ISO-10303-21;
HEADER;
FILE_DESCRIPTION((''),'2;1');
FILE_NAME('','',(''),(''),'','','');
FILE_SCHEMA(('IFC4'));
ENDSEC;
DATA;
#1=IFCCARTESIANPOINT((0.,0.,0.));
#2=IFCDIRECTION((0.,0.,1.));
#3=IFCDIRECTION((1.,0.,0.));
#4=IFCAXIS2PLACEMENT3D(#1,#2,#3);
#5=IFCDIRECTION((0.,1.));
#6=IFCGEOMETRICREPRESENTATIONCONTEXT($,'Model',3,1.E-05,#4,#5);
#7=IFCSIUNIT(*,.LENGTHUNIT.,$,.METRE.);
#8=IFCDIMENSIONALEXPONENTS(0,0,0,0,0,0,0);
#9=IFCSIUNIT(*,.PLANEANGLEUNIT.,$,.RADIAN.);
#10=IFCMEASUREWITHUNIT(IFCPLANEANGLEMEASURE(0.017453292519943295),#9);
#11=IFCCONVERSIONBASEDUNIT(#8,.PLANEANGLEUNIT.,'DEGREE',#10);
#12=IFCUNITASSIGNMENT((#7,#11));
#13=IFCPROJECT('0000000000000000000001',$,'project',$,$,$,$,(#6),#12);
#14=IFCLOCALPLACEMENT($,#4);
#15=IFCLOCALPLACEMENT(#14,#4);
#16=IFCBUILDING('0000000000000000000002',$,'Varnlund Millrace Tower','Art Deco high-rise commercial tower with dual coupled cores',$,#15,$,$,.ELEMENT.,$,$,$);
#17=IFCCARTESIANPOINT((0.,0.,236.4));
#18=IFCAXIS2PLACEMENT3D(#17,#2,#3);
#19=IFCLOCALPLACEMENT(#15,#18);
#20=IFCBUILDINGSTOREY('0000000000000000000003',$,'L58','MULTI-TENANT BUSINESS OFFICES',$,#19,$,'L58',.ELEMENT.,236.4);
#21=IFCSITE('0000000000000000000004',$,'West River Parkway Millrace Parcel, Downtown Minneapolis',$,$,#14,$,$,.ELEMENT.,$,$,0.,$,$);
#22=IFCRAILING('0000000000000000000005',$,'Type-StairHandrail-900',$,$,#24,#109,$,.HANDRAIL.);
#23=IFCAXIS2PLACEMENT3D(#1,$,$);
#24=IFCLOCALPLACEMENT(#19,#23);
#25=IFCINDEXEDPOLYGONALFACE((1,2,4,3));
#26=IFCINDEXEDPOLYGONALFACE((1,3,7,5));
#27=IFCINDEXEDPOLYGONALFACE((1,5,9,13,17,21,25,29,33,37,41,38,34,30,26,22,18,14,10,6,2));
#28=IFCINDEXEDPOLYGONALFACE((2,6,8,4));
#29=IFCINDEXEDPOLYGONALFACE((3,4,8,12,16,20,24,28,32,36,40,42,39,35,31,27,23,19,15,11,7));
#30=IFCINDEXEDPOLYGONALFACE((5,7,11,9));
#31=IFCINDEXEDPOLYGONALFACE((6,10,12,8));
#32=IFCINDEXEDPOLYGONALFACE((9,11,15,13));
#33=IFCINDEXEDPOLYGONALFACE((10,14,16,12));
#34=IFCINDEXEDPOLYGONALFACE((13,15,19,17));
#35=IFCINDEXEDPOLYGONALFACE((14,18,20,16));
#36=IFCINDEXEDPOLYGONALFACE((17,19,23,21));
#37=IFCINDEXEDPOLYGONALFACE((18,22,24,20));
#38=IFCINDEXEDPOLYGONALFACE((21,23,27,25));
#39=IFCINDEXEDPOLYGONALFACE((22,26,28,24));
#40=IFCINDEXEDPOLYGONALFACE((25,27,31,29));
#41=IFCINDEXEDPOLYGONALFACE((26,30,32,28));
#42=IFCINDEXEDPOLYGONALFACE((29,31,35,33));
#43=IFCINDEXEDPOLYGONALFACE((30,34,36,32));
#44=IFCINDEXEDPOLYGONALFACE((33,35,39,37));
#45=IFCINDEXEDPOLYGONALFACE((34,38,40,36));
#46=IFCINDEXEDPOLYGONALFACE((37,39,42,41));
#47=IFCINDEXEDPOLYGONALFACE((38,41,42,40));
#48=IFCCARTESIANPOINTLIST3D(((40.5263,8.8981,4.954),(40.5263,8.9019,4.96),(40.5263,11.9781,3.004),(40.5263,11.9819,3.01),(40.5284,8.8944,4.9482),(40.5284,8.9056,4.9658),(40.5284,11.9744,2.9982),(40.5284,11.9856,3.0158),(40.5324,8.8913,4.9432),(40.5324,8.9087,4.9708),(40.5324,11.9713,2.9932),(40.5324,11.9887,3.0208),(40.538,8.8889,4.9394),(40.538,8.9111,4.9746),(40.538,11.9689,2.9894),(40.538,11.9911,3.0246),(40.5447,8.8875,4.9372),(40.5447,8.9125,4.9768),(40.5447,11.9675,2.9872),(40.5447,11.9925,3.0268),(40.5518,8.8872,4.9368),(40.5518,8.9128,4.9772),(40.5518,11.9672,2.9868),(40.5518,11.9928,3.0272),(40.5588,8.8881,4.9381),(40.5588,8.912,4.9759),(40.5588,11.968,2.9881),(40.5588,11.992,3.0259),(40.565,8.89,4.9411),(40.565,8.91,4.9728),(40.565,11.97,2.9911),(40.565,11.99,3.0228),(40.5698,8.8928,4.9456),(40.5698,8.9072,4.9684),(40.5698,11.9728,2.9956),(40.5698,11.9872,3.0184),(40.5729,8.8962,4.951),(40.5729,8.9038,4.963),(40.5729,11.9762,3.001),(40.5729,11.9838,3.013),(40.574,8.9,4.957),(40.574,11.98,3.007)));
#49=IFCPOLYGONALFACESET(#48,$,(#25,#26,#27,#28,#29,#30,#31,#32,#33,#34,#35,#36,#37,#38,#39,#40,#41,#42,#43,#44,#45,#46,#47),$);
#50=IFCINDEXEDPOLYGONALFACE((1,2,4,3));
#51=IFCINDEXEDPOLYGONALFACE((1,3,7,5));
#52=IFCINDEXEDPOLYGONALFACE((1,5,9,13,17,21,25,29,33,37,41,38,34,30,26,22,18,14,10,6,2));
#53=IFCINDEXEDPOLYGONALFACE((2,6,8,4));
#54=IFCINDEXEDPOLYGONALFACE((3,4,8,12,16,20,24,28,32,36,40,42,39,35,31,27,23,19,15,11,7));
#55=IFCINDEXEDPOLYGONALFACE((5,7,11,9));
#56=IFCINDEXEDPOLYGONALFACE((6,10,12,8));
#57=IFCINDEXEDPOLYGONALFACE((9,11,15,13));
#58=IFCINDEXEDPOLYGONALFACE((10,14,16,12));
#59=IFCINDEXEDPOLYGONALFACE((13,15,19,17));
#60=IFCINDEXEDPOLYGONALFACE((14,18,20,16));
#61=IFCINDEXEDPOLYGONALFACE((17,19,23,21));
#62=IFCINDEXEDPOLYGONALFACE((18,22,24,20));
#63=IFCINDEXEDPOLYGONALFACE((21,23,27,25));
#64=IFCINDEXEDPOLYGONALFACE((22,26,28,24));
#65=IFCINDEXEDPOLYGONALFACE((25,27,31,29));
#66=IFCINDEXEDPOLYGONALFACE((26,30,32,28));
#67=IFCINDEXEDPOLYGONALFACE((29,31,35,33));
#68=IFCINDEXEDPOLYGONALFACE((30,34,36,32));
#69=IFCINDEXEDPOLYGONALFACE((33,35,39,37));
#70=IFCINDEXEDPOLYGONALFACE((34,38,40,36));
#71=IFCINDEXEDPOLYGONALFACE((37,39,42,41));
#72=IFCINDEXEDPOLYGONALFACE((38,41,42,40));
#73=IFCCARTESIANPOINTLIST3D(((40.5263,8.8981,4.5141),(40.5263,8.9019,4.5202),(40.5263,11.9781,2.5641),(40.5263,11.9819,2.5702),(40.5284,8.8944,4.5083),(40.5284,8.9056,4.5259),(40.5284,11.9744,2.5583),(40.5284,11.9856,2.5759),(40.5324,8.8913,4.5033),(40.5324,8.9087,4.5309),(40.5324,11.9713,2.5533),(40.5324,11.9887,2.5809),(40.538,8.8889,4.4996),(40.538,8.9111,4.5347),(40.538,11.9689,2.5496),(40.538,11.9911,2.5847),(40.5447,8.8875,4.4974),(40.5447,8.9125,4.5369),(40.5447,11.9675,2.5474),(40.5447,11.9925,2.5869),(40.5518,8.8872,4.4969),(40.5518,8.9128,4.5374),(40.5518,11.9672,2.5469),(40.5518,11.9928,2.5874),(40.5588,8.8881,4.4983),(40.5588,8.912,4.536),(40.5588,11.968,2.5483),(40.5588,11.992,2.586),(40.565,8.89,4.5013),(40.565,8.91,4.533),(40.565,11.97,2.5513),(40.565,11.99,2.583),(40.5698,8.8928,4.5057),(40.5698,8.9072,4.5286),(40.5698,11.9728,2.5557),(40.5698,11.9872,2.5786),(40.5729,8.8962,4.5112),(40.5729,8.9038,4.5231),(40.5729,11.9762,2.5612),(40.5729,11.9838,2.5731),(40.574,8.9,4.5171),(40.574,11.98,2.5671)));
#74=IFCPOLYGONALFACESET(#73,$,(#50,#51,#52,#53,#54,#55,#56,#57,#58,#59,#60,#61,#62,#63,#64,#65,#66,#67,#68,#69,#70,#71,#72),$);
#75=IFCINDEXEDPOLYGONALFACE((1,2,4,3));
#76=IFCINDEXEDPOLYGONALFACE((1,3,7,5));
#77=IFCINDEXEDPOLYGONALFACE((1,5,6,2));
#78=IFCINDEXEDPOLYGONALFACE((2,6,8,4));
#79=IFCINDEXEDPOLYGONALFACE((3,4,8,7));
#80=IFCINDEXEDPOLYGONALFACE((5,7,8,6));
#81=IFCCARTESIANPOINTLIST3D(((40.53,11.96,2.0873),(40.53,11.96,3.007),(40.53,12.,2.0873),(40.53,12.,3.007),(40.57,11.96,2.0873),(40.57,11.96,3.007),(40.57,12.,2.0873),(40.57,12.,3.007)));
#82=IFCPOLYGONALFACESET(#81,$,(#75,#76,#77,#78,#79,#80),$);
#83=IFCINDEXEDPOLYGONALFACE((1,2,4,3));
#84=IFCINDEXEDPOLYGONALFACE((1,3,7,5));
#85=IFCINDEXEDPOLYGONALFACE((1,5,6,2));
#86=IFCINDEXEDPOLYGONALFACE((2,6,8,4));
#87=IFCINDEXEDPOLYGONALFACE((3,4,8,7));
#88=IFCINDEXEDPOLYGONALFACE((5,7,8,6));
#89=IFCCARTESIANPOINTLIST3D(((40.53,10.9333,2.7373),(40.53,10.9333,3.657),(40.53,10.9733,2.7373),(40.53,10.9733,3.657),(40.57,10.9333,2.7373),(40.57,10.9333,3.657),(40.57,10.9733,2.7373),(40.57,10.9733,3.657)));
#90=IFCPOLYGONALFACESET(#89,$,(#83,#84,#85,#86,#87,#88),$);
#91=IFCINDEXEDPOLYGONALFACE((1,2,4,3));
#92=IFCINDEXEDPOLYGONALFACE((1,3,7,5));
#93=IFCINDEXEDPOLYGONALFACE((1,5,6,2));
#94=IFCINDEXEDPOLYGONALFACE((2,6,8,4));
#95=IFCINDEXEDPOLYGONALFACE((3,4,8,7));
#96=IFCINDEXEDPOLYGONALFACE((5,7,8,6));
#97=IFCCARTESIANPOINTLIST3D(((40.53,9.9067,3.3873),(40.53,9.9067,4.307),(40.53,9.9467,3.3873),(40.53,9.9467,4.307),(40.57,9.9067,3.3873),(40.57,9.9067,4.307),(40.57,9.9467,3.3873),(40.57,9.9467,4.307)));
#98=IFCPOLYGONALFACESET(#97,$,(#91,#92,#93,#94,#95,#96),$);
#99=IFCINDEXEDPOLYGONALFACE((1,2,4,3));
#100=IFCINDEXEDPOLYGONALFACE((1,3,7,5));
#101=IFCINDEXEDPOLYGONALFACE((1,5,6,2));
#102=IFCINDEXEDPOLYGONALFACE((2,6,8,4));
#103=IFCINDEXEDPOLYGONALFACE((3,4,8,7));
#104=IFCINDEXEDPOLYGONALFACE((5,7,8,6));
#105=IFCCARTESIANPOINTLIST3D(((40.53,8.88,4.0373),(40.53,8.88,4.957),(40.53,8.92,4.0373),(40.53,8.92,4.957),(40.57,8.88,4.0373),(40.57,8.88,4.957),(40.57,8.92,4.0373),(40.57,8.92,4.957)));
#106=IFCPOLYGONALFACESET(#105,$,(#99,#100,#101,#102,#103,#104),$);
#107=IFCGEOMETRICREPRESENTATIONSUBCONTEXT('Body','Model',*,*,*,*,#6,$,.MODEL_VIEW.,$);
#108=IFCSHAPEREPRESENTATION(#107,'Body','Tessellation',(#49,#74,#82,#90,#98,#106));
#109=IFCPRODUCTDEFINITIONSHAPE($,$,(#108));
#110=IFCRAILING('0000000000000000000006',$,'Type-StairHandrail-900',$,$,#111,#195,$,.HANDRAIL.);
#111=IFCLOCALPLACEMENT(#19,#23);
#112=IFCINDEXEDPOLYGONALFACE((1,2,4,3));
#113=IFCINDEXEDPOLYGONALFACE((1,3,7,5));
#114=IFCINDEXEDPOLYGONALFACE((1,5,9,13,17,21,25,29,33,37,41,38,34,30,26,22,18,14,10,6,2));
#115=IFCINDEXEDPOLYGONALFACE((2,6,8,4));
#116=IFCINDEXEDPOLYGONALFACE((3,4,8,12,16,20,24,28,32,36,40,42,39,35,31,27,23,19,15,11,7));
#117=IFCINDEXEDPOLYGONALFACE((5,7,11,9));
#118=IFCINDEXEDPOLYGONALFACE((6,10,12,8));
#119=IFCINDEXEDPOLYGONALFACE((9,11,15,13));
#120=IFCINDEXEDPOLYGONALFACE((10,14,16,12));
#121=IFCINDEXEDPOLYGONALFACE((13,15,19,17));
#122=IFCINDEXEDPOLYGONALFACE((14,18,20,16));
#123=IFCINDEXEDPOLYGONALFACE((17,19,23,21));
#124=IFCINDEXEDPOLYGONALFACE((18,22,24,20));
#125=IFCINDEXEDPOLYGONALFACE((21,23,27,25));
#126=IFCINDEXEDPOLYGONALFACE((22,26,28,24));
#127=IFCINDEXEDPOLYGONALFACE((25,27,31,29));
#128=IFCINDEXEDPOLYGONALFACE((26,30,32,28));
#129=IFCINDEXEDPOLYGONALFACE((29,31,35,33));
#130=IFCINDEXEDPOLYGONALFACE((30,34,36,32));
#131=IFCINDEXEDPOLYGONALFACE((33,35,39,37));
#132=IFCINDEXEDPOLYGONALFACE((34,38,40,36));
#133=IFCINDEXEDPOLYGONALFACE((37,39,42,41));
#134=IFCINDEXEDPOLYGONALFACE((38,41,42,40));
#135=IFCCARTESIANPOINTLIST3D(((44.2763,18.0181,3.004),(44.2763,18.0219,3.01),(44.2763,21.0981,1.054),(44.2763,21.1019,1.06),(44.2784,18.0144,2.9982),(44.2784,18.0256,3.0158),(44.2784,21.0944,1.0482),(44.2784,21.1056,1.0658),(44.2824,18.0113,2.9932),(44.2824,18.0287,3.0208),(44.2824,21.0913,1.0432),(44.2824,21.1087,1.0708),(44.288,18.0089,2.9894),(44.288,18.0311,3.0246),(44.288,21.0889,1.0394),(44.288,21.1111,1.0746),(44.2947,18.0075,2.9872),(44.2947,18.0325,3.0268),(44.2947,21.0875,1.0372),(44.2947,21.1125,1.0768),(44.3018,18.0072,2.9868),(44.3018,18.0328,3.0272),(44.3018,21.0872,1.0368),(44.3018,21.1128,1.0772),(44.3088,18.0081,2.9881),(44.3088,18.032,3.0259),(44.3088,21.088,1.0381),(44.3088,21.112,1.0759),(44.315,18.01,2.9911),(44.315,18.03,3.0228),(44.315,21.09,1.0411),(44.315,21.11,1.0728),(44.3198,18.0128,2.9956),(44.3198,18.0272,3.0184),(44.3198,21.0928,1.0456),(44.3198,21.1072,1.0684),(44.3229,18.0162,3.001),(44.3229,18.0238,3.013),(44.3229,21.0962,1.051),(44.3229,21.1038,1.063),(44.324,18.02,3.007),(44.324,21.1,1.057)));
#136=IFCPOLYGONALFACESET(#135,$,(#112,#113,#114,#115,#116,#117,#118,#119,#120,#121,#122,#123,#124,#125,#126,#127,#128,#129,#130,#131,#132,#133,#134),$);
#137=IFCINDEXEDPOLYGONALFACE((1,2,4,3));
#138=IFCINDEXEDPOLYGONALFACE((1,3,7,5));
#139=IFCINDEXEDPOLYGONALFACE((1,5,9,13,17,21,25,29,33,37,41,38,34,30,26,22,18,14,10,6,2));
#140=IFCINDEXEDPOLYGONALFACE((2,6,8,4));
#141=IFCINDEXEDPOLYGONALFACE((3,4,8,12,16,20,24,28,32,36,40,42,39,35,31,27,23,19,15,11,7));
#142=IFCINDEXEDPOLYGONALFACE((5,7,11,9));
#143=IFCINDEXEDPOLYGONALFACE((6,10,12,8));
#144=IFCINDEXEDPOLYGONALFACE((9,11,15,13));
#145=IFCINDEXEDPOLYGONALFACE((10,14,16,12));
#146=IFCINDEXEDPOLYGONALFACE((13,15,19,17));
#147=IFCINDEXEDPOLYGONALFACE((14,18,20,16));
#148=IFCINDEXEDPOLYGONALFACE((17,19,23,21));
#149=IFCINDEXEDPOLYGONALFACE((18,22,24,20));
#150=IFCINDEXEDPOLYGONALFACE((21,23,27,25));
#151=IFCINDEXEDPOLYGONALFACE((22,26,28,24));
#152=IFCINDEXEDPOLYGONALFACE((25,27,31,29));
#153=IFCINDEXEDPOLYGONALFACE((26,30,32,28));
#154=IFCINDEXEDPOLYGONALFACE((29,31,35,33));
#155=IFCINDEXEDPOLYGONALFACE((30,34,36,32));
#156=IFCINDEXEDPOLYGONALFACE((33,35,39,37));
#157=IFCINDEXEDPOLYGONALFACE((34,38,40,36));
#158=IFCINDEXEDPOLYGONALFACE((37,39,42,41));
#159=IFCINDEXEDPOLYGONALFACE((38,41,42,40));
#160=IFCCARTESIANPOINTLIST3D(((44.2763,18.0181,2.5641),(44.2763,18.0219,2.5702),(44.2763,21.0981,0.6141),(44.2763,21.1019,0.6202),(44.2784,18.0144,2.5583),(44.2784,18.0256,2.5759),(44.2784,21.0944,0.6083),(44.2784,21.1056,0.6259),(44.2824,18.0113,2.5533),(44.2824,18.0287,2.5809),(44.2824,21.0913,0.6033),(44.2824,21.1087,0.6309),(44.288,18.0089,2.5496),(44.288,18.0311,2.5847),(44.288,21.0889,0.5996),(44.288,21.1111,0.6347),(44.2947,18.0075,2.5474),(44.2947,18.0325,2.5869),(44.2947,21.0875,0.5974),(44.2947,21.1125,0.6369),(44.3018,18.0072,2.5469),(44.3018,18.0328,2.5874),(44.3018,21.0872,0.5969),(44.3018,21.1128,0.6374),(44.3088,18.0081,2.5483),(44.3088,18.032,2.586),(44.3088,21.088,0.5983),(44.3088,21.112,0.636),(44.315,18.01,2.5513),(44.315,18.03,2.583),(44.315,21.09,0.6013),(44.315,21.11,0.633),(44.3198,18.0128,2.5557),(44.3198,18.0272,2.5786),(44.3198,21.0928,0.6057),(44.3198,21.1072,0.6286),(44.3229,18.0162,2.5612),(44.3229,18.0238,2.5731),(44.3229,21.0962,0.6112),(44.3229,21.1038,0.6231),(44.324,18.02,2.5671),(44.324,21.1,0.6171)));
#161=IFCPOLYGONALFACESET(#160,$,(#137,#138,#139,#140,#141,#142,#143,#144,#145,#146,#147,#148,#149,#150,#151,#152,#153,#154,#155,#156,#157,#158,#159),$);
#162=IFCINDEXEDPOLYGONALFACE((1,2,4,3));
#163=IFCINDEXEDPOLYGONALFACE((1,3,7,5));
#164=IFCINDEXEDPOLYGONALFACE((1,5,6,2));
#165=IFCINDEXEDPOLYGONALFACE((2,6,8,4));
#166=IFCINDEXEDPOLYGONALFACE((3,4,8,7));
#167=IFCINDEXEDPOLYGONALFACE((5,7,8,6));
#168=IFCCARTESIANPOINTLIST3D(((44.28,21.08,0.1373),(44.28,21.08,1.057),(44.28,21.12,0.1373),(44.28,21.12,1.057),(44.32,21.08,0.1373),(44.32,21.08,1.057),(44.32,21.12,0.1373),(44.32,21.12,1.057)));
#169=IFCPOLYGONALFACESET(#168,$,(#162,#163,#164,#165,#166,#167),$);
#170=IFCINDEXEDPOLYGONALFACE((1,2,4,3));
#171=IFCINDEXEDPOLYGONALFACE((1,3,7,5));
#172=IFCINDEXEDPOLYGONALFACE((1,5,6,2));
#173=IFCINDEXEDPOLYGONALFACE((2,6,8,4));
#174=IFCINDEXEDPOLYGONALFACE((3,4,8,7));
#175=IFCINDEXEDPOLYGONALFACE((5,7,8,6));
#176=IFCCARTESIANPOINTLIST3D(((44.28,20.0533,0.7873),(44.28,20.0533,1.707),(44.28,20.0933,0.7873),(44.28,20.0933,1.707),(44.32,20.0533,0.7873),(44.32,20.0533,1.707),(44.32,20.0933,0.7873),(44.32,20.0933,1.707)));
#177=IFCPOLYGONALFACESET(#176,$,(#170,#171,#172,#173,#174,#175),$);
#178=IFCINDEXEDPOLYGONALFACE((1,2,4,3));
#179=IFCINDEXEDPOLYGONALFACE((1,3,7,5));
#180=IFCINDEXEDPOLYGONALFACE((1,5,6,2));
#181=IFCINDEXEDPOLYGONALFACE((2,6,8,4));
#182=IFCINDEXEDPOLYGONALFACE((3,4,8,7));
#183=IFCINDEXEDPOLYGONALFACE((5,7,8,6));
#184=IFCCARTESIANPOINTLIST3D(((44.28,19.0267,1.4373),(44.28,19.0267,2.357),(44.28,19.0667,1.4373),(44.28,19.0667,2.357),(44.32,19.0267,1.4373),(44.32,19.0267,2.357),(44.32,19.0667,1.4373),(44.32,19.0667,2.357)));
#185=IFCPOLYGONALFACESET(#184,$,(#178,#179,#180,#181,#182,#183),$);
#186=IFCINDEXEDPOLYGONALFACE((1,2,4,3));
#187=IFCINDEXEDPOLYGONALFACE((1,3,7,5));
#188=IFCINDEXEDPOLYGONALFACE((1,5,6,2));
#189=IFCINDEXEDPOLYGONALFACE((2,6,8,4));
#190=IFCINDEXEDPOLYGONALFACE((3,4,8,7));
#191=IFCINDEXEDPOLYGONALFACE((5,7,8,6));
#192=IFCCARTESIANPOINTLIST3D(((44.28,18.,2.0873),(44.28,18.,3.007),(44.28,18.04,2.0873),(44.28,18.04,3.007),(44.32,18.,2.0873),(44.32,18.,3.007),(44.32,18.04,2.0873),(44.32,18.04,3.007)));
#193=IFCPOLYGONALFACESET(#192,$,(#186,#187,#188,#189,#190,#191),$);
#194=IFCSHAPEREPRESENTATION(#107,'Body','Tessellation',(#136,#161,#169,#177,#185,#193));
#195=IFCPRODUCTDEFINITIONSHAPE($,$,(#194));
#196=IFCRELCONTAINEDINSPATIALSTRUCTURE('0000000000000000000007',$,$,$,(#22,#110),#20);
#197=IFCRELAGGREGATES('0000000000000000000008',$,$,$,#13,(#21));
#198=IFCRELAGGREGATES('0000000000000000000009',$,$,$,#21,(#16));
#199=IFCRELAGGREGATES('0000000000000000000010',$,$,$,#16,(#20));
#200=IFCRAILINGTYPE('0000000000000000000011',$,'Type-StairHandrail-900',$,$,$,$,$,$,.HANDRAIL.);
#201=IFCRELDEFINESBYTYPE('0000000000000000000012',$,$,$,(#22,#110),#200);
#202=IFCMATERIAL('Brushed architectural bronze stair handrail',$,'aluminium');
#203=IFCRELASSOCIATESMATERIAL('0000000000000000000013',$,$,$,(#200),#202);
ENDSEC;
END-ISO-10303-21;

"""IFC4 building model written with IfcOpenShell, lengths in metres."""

from ifc_helpers import new_model, entity, si_unit, converted_unit, direction, frame, origin_with_axes, origin_2d_with_axis, place, context, subcontext, project, spatial, rectangle, circle, extrude, material, type_object, element, save


model = new_model("IFC4")

# Units and contexts
model_context = context("Model", 3, precision=1e-05, world=origin_with_axes(), true_north=direction((0.0, 1.0)))
body_context = subcontext(model_context, "Body", "Model", "MODEL_VIEW")
ifc_project = project(units=[si_unit("LENGTHUNIT", "METRE"), converted_unit("PLANEANGLEUNIT", "DEGREE", entity("IfcPlaneAngleMeasure", 0.017453292519943295), si_unit("PLANEANGLEUNIT", "RADIAN"), dimensions=[0, 0, 0, 0, 0, 0, 0])], contexts=[model_context])

# Site, building, storey
site_placement = place(None, origin_with_axes())
site = spatial("IfcSite", under=ifc_project, at=site_placement, Name="West River Parkway Millrace Parcel, Downtown Minneapolis", CompositionType="ELEMENT", RefElevation=0.0)
building_placement = place(site_placement, origin_with_axes())
building = spatial("IfcBuilding", under=site, at=building_placement, Name="Varnlund Millrace Tower", Description="Art Deco high-rise commercial tower with dual coupled cores", CompositionType="ELEMENT")
storey_placement = place(building_placement, frame((0.0, 0.0, 236.4), z_axis=(0.0, 0.0, 1.0), x_axis=(1.0, 0.0, 0.0)))
storey = spatial("IfcBuildingStorey", under=building, at=storey_placement, Name="L58", Description="MULTI-TENANT BUSINESS OFFICES", LongName="L58", CompositionType="ELEMENT", Elevation=236.4)

# Railings
ifc_material_1 = material(Name="Brushed architectural bronze stair handrail", Category="aluminium")
railing_type_1 = type_object("IfcRailingType", Name="Type-StairHandrail-900", PredefinedType="HANDRAIL", material=ifc_material_1)
railing_1_placement = place(storey_placement, frame((0.0, 0.0, -236.4), z_axis=(0.0, 0.0, 1.0), x_axis=(1.0, 0.0, 0.0)))
element("IfcRailing", 1, at=railing_1_placement, inside=storey, type_object=railing_type_1, Name="Type-StairHandrail-900", PredefinedType="HANDRAIL", context=body_context, shape_type="SweptSolid", body=[
    extrude(circle(Radius=0.024, at=origin_2d_with_axis()), frame((40.55, 11.98, 239.407), z_axis=(0.0, -0.844902, 0.534922), x_axis=(1.0, 0.0, 0.0)), (0.0, 0.0, 1.0), 3.6454),
    extrude(circle(Radius=0.024, at=origin_2d_with_axis()), frame((40.55, 11.98, 238.9671), z_axis=(0.0, -0.844902, 0.534922), x_axis=(1.0, 0.0, 0.0)), (0.0, 0.0, 1.0), 3.6454),
    extrude(rectangle(XDim=0.04, YDim=0.04, at=origin_2d_with_axis()), frame((40.55, 11.98, 238.4873), z_axis=(0.0, 0.0, 1.0), x_axis=(1.0, 0.0, 0.0)), (0.0, 0.0, 1.0), 0.9197),
    extrude(rectangle(XDim=0.04, YDim=0.04, at=origin_2d_with_axis()), frame((40.55, 10.9533, 239.1373), z_axis=(0.0, 0.0, 1.0), x_axis=(1.0, 0.0, 0.0)), (0.0, 0.0, 1.0), 0.9197),
    extrude(rectangle(XDim=0.04, YDim=0.04, at=origin_2d_with_axis()), frame((40.55, 9.9267, 239.7873), z_axis=(0.0, 0.0, 1.0), x_axis=(1.0, 0.0, 0.0)), (0.0, 0.0, 1.0), 0.9197),
    extrude(rectangle(XDim=0.04, YDim=0.04, at=origin_2d_with_axis()), frame((40.55, 8.9, 240.4373), z_axis=(0.0, 0.0, 1.0), x_axis=(1.0, 0.0, 0.0)), (0.0, 0.0, 1.0), 0.9197),
])
railing_2_placement = place(storey_placement, frame((0.0, 0.0, -236.4), z_axis=(0.0, 0.0, 1.0), x_axis=(1.0, 0.0, 0.0)))
element("IfcRailing", 2, at=railing_2_placement, inside=storey, type_object=railing_type_1, Name="Type-StairHandrail-900", PredefinedType="HANDRAIL", context=body_context, shape_type="SweptSolid", body=[
    extrude(circle(Radius=0.024, at=origin_2d_with_axis()), frame((44.3, 21.1, 237.457), z_axis=(0.0, -0.844902, 0.534922), x_axis=(1.0, 0.0, 0.0)), (0.0, 0.0, 1.0), 3.6454),
    extrude(circle(Radius=0.024, at=origin_2d_with_axis()), frame((44.3, 21.1, 237.0171), z_axis=(0.0, -0.844902, 0.534922), x_axis=(1.0, 0.0, 0.0)), (0.0, 0.0, 1.0), 3.6454),
    extrude(rectangle(XDim=0.04, YDim=0.04, at=origin_2d_with_axis()), frame((44.3, 21.1, 236.5373), z_axis=(0.0, 0.0, 1.0), x_axis=(1.0, 0.0, 0.0)), (0.0, 0.0, 1.0), 0.9197),
    extrude(rectangle(XDim=0.04, YDim=0.04, at=origin_2d_with_axis()), frame((44.3, 20.0733, 237.1873), z_axis=(0.0, 0.0, 1.0), x_axis=(1.0, 0.0, 0.0)), (0.0, 0.0, 1.0), 0.9197),
    extrude(rectangle(XDim=0.04, YDim=0.04, at=origin_2d_with_axis()), frame((44.3, 19.0467, 237.8373), z_axis=(0.0, 0.0, 1.0), x_axis=(1.0, 0.0, 0.0)), (0.0, 0.0, 1.0), 0.9197),
    extrude(rectangle(XDim=0.04, YDim=0.04, at=origin_2d_with_axis()), frame((44.3, 18.02, 238.4873), z_axis=(0.0, 0.0, 1.0), x_axis=(1.0, 0.0, 0.0)), (0.0, 0.0, 1.0), 0.9197),
])

save(model, "model.ifc")
